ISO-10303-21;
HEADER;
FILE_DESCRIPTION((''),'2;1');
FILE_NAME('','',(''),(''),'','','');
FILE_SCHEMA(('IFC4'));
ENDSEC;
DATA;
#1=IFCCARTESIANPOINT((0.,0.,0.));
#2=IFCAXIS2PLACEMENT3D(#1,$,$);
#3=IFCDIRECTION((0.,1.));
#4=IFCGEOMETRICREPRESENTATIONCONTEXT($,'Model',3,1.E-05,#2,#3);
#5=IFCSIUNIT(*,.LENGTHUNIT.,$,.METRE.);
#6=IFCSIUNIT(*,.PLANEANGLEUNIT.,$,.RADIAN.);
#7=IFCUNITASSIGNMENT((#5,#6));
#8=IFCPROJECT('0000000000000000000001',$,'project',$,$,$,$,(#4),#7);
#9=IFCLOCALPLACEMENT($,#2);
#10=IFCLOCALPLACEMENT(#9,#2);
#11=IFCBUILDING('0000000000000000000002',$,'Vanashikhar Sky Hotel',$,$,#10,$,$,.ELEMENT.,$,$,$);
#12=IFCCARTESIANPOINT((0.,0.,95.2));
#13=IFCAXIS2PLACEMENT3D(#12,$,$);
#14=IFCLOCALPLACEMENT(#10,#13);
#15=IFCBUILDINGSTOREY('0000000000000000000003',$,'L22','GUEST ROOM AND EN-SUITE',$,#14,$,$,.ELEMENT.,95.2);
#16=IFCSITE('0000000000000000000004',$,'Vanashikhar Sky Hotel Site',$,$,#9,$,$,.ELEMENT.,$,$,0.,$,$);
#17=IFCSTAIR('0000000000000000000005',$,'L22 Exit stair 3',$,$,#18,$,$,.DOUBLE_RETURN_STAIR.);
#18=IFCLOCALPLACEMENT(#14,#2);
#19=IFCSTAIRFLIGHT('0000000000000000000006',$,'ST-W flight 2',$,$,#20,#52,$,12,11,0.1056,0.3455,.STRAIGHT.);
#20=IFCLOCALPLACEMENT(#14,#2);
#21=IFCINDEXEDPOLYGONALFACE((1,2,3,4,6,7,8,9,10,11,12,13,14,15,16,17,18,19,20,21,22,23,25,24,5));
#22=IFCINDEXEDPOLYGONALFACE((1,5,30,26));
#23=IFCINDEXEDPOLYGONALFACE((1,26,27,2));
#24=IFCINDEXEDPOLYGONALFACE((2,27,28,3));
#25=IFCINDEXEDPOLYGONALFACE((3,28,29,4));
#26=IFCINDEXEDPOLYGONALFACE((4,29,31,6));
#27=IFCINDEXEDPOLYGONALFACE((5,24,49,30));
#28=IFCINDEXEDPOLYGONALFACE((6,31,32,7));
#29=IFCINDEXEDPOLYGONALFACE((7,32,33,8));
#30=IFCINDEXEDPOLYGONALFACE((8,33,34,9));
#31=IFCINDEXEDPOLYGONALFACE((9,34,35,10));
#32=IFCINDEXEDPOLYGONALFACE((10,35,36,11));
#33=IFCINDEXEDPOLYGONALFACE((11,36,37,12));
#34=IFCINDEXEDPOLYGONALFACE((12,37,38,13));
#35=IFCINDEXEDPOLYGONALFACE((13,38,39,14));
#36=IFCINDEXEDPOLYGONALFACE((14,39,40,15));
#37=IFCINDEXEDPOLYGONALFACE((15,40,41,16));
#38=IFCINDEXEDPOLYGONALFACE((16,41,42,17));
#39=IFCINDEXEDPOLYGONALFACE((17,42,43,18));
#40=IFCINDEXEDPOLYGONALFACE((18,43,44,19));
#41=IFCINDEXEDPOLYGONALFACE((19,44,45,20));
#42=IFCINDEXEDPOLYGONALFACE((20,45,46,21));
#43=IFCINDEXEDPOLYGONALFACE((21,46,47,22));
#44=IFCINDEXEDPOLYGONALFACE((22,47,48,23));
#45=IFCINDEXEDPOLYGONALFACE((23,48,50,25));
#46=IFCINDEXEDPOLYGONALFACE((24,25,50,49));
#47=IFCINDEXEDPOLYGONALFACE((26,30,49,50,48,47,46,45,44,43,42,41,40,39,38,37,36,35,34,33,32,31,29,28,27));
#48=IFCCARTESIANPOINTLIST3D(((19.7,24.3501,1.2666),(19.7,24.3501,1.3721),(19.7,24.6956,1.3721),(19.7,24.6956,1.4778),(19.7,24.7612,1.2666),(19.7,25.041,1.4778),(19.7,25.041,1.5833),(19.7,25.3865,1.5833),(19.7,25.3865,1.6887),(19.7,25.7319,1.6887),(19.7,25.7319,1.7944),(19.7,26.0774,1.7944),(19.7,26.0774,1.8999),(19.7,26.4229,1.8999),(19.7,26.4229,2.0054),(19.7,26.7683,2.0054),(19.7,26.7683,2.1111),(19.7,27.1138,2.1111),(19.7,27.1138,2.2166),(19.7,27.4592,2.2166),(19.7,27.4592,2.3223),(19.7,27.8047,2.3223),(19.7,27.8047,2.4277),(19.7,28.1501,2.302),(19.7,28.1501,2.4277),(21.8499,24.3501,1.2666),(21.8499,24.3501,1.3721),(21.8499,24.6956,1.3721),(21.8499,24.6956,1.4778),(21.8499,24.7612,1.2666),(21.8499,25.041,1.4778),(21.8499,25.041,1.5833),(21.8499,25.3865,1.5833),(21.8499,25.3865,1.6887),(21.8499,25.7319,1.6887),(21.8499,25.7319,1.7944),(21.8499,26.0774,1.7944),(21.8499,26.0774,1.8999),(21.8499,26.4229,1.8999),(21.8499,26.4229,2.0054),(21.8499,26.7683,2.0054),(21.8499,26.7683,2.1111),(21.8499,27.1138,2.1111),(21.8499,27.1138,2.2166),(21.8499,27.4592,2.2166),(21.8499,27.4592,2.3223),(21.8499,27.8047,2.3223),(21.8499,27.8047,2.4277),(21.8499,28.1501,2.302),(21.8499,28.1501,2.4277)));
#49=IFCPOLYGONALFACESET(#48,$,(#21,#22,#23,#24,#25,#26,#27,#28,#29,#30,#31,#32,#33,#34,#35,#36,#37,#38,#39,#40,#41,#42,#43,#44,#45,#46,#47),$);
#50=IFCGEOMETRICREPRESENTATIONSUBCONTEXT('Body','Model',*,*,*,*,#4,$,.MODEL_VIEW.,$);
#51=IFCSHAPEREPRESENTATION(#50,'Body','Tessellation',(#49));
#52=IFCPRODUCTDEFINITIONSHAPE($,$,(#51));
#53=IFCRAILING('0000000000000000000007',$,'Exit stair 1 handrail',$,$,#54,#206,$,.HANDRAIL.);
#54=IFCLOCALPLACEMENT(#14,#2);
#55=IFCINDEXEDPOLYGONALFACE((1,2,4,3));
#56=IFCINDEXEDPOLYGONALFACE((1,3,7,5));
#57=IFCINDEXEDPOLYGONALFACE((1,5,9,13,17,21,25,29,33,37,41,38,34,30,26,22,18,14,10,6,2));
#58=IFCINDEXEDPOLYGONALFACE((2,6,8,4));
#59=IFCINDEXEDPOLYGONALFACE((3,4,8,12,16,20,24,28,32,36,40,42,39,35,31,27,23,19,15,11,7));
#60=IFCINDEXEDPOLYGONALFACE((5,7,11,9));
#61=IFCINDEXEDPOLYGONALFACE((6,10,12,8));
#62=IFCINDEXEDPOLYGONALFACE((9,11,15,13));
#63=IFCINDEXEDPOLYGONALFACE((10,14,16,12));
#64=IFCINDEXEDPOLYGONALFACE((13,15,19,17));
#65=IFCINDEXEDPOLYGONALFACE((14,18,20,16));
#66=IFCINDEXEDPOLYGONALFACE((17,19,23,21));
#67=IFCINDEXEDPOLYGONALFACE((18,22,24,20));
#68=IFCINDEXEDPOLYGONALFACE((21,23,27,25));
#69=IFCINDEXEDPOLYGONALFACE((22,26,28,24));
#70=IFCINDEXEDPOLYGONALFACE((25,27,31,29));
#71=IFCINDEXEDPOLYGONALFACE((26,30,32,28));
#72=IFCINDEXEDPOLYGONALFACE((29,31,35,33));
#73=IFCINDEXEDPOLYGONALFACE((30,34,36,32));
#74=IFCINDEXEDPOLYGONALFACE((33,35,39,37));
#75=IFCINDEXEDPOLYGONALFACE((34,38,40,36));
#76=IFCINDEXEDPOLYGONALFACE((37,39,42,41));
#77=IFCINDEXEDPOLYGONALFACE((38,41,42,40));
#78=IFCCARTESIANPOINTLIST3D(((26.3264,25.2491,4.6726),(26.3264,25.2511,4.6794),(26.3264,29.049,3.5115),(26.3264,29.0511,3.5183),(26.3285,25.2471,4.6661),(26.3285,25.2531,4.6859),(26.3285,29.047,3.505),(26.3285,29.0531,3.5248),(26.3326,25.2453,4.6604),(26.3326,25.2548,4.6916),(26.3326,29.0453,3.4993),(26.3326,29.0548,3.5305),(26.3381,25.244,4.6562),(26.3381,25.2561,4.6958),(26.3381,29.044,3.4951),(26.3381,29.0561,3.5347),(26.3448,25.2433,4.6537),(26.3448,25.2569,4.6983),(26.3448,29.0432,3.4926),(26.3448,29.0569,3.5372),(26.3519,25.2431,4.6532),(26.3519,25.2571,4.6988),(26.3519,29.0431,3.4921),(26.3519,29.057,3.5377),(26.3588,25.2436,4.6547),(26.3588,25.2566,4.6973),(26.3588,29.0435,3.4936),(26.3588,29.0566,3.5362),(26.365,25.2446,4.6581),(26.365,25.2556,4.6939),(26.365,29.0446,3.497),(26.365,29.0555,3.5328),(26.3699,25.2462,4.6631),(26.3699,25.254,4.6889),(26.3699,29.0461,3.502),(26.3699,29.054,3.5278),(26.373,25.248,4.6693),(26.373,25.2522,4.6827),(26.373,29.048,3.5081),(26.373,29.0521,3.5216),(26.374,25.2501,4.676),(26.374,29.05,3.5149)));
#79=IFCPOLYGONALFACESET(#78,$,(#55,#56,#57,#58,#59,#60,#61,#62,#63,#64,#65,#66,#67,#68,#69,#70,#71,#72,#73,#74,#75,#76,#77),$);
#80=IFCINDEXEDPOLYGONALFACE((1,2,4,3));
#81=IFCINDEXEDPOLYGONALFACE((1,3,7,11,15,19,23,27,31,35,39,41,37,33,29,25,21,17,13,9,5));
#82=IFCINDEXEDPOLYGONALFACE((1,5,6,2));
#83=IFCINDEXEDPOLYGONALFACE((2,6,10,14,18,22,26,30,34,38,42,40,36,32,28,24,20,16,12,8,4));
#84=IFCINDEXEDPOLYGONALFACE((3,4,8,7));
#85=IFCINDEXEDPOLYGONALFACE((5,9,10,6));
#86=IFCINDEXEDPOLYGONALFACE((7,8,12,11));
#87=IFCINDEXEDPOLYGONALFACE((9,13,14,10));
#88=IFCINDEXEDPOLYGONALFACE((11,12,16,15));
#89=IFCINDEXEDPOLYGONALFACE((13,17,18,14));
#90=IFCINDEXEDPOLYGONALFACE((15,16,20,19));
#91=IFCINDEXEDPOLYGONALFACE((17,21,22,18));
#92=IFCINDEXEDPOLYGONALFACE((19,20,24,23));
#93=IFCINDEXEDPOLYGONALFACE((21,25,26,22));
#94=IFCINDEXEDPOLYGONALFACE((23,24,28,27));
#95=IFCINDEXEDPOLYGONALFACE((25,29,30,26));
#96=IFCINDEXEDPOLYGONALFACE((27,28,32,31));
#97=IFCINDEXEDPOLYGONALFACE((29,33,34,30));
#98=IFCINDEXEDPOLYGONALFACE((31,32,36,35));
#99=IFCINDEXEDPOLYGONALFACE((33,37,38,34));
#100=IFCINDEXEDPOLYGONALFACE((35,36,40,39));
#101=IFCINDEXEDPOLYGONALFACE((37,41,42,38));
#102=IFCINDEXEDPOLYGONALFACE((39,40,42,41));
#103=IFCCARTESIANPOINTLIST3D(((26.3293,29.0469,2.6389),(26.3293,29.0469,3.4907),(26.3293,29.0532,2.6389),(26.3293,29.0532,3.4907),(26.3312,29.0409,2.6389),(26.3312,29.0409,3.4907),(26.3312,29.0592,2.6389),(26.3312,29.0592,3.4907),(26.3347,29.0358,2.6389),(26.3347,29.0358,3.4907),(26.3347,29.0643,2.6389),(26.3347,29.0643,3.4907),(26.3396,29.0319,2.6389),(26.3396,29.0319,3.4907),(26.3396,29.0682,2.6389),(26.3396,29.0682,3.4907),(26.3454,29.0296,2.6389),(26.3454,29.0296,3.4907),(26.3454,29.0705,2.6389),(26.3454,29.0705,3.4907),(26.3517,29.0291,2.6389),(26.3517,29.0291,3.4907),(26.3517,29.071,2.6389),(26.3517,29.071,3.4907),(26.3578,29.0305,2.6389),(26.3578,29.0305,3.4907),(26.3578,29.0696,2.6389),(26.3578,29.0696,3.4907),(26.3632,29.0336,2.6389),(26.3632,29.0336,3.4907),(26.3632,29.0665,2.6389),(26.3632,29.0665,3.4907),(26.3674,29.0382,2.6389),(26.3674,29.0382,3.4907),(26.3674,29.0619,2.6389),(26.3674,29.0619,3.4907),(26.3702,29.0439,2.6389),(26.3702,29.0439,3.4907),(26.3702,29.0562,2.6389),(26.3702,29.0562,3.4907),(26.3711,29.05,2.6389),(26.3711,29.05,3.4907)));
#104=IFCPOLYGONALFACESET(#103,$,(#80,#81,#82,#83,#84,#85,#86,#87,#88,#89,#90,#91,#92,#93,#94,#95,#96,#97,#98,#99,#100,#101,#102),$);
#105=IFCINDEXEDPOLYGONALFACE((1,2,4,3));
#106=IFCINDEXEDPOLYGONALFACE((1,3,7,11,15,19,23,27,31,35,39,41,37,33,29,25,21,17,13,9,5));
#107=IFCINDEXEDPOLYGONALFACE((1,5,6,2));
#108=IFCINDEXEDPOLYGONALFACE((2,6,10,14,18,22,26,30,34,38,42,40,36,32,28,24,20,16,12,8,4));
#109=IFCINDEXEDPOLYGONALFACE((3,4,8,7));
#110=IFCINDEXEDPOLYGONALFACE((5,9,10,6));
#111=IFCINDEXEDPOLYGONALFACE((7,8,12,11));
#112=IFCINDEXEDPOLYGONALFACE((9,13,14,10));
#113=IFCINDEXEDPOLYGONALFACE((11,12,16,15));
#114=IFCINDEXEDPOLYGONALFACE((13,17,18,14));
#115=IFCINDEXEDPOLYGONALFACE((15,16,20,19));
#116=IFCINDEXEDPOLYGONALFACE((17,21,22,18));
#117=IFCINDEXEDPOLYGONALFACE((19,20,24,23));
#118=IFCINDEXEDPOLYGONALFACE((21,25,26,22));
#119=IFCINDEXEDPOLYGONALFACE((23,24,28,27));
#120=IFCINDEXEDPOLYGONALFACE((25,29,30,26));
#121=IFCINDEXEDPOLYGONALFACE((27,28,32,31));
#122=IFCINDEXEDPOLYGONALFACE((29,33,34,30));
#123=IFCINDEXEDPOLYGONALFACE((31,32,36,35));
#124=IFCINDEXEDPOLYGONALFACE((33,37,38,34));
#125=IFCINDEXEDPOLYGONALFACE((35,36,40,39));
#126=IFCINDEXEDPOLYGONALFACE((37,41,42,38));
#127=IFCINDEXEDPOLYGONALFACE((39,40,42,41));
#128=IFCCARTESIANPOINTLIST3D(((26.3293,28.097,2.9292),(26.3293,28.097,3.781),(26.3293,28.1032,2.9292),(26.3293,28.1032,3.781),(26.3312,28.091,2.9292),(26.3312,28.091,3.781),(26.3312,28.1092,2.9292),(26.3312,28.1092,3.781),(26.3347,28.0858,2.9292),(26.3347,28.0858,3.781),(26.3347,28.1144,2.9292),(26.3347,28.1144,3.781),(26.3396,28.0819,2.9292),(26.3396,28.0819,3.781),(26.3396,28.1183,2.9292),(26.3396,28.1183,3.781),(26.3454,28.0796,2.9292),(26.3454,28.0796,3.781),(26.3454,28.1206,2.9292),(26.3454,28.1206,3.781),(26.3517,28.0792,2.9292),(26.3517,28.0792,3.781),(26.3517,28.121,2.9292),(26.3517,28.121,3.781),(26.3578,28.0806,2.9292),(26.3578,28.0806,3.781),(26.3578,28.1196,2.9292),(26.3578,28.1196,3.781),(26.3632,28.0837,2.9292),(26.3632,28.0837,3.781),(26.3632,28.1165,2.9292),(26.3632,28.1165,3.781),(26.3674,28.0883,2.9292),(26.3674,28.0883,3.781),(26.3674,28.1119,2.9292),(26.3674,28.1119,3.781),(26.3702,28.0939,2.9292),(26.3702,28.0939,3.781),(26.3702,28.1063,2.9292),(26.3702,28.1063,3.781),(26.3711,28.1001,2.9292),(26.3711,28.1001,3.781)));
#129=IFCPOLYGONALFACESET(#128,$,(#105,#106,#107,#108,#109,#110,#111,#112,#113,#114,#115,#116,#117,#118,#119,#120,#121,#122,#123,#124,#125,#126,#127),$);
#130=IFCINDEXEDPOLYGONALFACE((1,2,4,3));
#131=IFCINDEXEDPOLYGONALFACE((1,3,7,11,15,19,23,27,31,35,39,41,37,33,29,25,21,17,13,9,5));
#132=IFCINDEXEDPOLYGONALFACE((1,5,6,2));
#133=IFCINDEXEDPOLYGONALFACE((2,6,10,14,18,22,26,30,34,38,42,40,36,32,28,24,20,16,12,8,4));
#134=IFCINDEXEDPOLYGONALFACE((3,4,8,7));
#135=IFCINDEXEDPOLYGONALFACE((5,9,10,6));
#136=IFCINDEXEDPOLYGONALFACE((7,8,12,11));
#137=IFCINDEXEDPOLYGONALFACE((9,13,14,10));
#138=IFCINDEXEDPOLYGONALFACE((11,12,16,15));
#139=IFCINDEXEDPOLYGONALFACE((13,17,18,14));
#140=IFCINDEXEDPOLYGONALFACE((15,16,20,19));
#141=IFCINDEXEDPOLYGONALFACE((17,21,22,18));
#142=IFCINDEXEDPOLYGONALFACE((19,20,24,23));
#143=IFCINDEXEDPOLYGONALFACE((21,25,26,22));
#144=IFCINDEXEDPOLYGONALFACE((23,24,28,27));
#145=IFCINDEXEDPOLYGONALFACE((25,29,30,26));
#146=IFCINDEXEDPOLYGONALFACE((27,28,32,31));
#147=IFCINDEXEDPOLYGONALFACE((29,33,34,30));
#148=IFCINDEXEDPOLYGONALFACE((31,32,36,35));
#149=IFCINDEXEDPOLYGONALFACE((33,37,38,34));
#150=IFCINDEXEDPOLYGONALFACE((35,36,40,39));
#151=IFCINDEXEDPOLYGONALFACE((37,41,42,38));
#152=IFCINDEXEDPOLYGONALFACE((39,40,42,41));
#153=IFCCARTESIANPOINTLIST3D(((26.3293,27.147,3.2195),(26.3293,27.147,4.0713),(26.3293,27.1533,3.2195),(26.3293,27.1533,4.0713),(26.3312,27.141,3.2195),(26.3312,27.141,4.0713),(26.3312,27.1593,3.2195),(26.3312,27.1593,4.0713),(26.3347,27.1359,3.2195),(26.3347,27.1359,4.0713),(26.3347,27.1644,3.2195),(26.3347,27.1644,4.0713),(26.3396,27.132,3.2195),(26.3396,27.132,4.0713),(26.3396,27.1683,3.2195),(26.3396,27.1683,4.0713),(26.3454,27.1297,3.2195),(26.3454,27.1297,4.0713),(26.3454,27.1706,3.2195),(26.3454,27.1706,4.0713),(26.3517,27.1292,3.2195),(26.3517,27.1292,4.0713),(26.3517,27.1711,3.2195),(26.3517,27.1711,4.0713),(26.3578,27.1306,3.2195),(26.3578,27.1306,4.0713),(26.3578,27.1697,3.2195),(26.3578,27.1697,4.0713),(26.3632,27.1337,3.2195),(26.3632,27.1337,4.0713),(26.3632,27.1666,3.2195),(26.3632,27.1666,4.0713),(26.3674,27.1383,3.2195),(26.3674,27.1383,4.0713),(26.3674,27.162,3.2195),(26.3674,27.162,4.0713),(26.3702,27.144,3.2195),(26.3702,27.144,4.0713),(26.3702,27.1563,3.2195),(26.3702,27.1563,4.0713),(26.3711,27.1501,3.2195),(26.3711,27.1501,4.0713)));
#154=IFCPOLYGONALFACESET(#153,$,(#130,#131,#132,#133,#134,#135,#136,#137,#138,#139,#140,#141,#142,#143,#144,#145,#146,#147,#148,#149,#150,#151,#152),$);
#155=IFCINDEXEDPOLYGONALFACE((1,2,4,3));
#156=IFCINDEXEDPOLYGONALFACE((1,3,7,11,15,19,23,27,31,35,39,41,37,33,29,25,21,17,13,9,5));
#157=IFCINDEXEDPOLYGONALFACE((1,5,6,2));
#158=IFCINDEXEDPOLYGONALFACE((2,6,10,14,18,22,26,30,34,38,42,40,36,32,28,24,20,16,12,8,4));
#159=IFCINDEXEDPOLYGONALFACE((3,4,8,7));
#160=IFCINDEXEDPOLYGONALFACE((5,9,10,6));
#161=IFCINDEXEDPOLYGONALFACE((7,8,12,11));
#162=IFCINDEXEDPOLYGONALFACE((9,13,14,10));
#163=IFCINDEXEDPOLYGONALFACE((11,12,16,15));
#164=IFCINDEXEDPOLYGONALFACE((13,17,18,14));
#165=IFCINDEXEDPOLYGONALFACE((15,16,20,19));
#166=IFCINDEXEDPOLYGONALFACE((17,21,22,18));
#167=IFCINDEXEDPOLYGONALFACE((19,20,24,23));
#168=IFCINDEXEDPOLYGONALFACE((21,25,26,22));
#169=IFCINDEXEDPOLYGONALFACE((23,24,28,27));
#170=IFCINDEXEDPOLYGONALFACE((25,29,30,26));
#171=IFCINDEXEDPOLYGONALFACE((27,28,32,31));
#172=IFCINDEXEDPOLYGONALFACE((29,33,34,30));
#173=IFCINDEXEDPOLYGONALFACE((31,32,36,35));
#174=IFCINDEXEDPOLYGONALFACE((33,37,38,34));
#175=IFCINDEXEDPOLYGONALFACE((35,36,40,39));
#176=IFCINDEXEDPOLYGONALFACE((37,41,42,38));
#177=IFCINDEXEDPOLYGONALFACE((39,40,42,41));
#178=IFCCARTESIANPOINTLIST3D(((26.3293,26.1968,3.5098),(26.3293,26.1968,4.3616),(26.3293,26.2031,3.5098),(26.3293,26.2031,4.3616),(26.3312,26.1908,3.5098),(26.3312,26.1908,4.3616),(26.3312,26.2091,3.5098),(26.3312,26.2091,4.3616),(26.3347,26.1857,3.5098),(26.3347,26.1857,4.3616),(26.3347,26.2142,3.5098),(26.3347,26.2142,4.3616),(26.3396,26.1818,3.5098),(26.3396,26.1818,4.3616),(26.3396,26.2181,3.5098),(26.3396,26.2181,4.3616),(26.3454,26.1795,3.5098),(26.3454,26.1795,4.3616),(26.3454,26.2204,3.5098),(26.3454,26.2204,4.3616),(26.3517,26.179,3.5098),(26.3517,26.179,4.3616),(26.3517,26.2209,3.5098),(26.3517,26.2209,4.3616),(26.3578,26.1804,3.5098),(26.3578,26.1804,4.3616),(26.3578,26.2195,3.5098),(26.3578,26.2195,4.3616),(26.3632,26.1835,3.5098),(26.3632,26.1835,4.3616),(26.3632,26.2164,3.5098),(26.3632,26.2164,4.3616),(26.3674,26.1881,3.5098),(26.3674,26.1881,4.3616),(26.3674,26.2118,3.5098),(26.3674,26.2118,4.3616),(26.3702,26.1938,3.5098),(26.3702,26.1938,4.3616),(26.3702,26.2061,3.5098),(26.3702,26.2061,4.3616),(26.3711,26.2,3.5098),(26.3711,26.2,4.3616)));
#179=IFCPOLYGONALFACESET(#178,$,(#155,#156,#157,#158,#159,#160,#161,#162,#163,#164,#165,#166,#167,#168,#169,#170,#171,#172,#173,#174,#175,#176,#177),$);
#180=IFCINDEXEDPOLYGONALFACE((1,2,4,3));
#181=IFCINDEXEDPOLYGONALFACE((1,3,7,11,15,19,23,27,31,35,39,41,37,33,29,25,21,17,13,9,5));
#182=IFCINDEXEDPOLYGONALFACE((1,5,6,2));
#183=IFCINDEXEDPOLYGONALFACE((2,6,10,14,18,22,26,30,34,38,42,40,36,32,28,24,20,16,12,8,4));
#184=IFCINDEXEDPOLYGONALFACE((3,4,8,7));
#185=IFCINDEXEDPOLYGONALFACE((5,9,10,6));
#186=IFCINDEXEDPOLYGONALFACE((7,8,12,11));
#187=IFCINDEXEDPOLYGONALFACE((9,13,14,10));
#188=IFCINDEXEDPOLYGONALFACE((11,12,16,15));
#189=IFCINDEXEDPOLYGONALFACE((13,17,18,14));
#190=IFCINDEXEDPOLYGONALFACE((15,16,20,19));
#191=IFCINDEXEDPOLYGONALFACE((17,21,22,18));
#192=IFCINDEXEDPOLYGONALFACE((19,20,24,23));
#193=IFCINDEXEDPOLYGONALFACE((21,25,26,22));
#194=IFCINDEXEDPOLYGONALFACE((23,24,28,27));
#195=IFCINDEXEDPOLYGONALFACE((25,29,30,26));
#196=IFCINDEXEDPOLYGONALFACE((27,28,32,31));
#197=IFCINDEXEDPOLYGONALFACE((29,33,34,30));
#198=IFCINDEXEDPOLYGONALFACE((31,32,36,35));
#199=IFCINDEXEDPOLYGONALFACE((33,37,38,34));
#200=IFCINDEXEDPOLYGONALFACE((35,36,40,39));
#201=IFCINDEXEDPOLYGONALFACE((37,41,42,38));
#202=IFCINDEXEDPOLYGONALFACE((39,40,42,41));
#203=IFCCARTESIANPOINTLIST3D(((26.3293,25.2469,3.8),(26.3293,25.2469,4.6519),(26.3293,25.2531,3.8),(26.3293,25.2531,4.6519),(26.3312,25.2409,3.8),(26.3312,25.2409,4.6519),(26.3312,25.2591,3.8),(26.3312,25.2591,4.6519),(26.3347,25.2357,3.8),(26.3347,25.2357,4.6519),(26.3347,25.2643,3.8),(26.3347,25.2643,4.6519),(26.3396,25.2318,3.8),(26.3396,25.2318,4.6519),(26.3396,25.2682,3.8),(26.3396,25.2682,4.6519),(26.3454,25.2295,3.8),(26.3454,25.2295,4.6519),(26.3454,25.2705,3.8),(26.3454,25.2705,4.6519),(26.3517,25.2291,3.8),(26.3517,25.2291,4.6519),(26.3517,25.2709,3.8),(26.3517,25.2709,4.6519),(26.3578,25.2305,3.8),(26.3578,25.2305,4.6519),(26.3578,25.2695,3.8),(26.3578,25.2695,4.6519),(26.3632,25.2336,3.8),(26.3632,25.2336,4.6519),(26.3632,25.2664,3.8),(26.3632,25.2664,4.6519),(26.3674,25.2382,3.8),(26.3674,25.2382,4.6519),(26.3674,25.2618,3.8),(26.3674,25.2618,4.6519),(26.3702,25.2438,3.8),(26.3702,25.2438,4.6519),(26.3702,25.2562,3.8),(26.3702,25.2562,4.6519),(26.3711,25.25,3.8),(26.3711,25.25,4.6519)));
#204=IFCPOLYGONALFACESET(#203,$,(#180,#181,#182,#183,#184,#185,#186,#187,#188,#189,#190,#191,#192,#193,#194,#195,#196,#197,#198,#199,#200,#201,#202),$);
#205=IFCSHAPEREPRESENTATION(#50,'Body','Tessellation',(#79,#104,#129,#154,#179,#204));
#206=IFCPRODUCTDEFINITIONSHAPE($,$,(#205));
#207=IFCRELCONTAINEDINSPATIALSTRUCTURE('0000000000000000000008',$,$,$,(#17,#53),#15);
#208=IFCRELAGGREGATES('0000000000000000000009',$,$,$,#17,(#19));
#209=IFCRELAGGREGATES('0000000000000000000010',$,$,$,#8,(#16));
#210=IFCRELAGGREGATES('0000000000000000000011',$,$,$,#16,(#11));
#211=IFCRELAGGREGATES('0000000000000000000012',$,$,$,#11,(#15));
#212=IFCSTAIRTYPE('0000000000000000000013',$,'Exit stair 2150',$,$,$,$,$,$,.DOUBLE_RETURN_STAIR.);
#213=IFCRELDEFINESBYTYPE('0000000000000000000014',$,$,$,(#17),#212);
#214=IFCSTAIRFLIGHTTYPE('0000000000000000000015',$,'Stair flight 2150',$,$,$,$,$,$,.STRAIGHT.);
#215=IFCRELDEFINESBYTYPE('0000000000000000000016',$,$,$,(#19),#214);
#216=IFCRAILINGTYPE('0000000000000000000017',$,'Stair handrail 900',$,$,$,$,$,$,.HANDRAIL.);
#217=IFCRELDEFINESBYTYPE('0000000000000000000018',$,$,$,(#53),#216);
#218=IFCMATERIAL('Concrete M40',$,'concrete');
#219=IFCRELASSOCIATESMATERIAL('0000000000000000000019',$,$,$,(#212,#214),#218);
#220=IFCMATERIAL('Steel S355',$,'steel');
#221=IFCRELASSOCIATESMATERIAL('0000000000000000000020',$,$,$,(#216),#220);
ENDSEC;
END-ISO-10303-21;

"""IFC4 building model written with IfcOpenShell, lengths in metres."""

from ifc_helpers import new_model, si_unit, direction, frame, origin, origin_2d, place, context, subcontext, project, spatial, polyline, circle, outline, extrude, source, transform, mapped, material, type_object, element, aggregate, save


model = new_model("IFC4")

# Units and contexts
model_context = context("Model", 3, precision=1e-05, world=origin(), true_north=direction((0.0, 1.0)))
body_context = subcontext(model_context, "Body", "Model", "MODEL_VIEW")
ifc_project = project(units=[si_unit("LENGTHUNIT", "METRE"), si_unit("PLANEANGLEUNIT", "RADIAN")], contexts=[model_context])

# Site, building, storey
site_placement = place(None, origin())
site = spatial("IfcSite", under=ifc_project, at=site_placement, Name="Vanashikhar Sky Hotel Site", CompositionType="ELEMENT", RefElevation=0.0)
building_placement = place(site_placement, origin())
building = spatial("IfcBuilding", under=site, at=building_placement, Name="Vanashikhar Sky Hotel", CompositionType="ELEMENT")
storey_placement = place(building_placement, frame((0.0, 0.0, 95.2)))
storey = spatial("IfcBuildingStorey", under=building, at=storey_placement, Name="L22", Description="GUEST ROOM AND EN-SUITE", CompositionType="ELEMENT", Elevation=95.2)

# Stair, stair flight
ifc_material_1 = material(Name="Concrete M40", Category="concrete")
stair_type = type_object("IfcStairType", Name="Exit stair 2150", PredefinedType="DOUBLE_RETURN_STAIR", material=ifc_material_1)
stair_flight_type = type_object("IfcStairFlightType", Name="Stair flight 2150", PredefinedType="STRAIGHT", material=ifc_material_1)
shared_shape_1 = source(origin(), body_context, "Body", "SweptSolid", [
    extrude(outline(polyline([(0.0, 0.0), (0.0, 0.1055), (0.3455, 0.1055), (0.3455, 0.2112), (0.6909, 0.2112), (0.6909, 0.3167), (1.0364, 0.3167), (1.0364, 0.4221), (1.3818, 0.4221), (1.3818, 0.5278), (1.7273, 0.5278), (1.7273, 0.6333), (2.0728, 0.6333), (2.0728, 0.7388), (2.4182, 0.7388), (2.4182, 0.8445), (2.7637, 0.8445), (2.7637, 0.95), (3.1091, 0.95), (3.1091, 1.0557), (3.4546, 1.0557), (3.4546, 1.1611), (3.8, 1.1611), (3.8, 1.2666), (3.8, 1.0354), (0.4111, 0.0), (0.0, 0.0)])), frame((0.0, 1.075, 0.0), z_axis=(0.0, -1.0, 0.0), x_axis=(1.0, 0.0, 0.0)), (0.0, 0.0, 1.0), 2.1499),
])
stair_1_placement = place(storey_placement, origin())
stair_1 = element("IfcStair", 1, at=stair_1_placement, inside=storey, type_object=stair_type, Name="L22 Exit stair 3", PredefinedType="DOUBLE_RETURN_STAIR")
stair_flight_1_placement = place(storey_placement, frame((20.7749, 24.3501, 1.2666), z_axis=(0.0, 0.0, 1.0), x_axis=(0.0, 1.0, 0.0)))
stair_flight_1 = element("IfcStairFlight", 2, at=stair_flight_1_placement, type_object=stair_flight_type, Name="ST-W flight 2", NumberOfRisers=12, NumberOfTreads=11, PredefinedType="STRAIGHT", RiserHeight=0.1056, TreadLength=0.3455, context=body_context, shape_type="MappedRepresentation", body=[
    mapped(shared_shape_1, transform((0.0, 0.0, 0.0), scale=1.0)),
])
aggregate(stair_1, [stair_flight_1])

# Railing
ifc_material_2 = material(Name="Steel S355", Category="steel")
railing_type = type_object("IfcRailingType", Name="Stair handrail 900", PredefinedType="HANDRAIL", material=ifc_material_2)
shared_shape_2 = source(origin(), body_context, "Body", "SweptSolid", [
    extrude(circle(Radius=0.0239, at=origin_2d()), frame((0.0, 0.0, 0.876), z_axis=(0.0, -0.956351, 0.29222), x_axis=(1.0, 0.0, 0.0)), (0.0, 0.0, 1.0), 3.9734),
    extrude(circle(Radius=0.021, at=origin_2d()), origin(), (0.0, 0.0, 1.0), 0.8518),
    extrude(circle(Radius=0.021, at=origin_2d()), frame((0.0, -0.95, 0.2903)), (0.0, 0.0, 1.0), 0.8518),
    extrude(circle(Radius=0.021, at=origin_2d()), frame((0.0, -1.8999, 0.5806)), (0.0, 0.0, 1.0), 0.8518),
    extrude(circle(Radius=0.021, at=origin_2d()), frame((0.0, -2.8501, 0.8708)), (0.0, 0.0, 1.0), 0.8518),
    extrude(circle(Radius=0.021, at=origin_2d()), frame((0.0, -3.8, 1.1611)), (0.0, 0.0, 1.0), 0.8518),
])
railing_1_placement = place(storey_placement, frame((26.3501, 29.05, 2.6389)))
element("IfcRailing", 3, at=railing_1_placement, inside=storey, type_object=railing_type, Name="Exit stair 1 handrail", PredefinedType="HANDRAIL", context=body_context, shape_type="MappedRepresentation", body=[
    mapped(shared_shape_2, transform((0.0, 0.0, 0.0), scale=1.0)),
])

save(model, "model.ifc")
